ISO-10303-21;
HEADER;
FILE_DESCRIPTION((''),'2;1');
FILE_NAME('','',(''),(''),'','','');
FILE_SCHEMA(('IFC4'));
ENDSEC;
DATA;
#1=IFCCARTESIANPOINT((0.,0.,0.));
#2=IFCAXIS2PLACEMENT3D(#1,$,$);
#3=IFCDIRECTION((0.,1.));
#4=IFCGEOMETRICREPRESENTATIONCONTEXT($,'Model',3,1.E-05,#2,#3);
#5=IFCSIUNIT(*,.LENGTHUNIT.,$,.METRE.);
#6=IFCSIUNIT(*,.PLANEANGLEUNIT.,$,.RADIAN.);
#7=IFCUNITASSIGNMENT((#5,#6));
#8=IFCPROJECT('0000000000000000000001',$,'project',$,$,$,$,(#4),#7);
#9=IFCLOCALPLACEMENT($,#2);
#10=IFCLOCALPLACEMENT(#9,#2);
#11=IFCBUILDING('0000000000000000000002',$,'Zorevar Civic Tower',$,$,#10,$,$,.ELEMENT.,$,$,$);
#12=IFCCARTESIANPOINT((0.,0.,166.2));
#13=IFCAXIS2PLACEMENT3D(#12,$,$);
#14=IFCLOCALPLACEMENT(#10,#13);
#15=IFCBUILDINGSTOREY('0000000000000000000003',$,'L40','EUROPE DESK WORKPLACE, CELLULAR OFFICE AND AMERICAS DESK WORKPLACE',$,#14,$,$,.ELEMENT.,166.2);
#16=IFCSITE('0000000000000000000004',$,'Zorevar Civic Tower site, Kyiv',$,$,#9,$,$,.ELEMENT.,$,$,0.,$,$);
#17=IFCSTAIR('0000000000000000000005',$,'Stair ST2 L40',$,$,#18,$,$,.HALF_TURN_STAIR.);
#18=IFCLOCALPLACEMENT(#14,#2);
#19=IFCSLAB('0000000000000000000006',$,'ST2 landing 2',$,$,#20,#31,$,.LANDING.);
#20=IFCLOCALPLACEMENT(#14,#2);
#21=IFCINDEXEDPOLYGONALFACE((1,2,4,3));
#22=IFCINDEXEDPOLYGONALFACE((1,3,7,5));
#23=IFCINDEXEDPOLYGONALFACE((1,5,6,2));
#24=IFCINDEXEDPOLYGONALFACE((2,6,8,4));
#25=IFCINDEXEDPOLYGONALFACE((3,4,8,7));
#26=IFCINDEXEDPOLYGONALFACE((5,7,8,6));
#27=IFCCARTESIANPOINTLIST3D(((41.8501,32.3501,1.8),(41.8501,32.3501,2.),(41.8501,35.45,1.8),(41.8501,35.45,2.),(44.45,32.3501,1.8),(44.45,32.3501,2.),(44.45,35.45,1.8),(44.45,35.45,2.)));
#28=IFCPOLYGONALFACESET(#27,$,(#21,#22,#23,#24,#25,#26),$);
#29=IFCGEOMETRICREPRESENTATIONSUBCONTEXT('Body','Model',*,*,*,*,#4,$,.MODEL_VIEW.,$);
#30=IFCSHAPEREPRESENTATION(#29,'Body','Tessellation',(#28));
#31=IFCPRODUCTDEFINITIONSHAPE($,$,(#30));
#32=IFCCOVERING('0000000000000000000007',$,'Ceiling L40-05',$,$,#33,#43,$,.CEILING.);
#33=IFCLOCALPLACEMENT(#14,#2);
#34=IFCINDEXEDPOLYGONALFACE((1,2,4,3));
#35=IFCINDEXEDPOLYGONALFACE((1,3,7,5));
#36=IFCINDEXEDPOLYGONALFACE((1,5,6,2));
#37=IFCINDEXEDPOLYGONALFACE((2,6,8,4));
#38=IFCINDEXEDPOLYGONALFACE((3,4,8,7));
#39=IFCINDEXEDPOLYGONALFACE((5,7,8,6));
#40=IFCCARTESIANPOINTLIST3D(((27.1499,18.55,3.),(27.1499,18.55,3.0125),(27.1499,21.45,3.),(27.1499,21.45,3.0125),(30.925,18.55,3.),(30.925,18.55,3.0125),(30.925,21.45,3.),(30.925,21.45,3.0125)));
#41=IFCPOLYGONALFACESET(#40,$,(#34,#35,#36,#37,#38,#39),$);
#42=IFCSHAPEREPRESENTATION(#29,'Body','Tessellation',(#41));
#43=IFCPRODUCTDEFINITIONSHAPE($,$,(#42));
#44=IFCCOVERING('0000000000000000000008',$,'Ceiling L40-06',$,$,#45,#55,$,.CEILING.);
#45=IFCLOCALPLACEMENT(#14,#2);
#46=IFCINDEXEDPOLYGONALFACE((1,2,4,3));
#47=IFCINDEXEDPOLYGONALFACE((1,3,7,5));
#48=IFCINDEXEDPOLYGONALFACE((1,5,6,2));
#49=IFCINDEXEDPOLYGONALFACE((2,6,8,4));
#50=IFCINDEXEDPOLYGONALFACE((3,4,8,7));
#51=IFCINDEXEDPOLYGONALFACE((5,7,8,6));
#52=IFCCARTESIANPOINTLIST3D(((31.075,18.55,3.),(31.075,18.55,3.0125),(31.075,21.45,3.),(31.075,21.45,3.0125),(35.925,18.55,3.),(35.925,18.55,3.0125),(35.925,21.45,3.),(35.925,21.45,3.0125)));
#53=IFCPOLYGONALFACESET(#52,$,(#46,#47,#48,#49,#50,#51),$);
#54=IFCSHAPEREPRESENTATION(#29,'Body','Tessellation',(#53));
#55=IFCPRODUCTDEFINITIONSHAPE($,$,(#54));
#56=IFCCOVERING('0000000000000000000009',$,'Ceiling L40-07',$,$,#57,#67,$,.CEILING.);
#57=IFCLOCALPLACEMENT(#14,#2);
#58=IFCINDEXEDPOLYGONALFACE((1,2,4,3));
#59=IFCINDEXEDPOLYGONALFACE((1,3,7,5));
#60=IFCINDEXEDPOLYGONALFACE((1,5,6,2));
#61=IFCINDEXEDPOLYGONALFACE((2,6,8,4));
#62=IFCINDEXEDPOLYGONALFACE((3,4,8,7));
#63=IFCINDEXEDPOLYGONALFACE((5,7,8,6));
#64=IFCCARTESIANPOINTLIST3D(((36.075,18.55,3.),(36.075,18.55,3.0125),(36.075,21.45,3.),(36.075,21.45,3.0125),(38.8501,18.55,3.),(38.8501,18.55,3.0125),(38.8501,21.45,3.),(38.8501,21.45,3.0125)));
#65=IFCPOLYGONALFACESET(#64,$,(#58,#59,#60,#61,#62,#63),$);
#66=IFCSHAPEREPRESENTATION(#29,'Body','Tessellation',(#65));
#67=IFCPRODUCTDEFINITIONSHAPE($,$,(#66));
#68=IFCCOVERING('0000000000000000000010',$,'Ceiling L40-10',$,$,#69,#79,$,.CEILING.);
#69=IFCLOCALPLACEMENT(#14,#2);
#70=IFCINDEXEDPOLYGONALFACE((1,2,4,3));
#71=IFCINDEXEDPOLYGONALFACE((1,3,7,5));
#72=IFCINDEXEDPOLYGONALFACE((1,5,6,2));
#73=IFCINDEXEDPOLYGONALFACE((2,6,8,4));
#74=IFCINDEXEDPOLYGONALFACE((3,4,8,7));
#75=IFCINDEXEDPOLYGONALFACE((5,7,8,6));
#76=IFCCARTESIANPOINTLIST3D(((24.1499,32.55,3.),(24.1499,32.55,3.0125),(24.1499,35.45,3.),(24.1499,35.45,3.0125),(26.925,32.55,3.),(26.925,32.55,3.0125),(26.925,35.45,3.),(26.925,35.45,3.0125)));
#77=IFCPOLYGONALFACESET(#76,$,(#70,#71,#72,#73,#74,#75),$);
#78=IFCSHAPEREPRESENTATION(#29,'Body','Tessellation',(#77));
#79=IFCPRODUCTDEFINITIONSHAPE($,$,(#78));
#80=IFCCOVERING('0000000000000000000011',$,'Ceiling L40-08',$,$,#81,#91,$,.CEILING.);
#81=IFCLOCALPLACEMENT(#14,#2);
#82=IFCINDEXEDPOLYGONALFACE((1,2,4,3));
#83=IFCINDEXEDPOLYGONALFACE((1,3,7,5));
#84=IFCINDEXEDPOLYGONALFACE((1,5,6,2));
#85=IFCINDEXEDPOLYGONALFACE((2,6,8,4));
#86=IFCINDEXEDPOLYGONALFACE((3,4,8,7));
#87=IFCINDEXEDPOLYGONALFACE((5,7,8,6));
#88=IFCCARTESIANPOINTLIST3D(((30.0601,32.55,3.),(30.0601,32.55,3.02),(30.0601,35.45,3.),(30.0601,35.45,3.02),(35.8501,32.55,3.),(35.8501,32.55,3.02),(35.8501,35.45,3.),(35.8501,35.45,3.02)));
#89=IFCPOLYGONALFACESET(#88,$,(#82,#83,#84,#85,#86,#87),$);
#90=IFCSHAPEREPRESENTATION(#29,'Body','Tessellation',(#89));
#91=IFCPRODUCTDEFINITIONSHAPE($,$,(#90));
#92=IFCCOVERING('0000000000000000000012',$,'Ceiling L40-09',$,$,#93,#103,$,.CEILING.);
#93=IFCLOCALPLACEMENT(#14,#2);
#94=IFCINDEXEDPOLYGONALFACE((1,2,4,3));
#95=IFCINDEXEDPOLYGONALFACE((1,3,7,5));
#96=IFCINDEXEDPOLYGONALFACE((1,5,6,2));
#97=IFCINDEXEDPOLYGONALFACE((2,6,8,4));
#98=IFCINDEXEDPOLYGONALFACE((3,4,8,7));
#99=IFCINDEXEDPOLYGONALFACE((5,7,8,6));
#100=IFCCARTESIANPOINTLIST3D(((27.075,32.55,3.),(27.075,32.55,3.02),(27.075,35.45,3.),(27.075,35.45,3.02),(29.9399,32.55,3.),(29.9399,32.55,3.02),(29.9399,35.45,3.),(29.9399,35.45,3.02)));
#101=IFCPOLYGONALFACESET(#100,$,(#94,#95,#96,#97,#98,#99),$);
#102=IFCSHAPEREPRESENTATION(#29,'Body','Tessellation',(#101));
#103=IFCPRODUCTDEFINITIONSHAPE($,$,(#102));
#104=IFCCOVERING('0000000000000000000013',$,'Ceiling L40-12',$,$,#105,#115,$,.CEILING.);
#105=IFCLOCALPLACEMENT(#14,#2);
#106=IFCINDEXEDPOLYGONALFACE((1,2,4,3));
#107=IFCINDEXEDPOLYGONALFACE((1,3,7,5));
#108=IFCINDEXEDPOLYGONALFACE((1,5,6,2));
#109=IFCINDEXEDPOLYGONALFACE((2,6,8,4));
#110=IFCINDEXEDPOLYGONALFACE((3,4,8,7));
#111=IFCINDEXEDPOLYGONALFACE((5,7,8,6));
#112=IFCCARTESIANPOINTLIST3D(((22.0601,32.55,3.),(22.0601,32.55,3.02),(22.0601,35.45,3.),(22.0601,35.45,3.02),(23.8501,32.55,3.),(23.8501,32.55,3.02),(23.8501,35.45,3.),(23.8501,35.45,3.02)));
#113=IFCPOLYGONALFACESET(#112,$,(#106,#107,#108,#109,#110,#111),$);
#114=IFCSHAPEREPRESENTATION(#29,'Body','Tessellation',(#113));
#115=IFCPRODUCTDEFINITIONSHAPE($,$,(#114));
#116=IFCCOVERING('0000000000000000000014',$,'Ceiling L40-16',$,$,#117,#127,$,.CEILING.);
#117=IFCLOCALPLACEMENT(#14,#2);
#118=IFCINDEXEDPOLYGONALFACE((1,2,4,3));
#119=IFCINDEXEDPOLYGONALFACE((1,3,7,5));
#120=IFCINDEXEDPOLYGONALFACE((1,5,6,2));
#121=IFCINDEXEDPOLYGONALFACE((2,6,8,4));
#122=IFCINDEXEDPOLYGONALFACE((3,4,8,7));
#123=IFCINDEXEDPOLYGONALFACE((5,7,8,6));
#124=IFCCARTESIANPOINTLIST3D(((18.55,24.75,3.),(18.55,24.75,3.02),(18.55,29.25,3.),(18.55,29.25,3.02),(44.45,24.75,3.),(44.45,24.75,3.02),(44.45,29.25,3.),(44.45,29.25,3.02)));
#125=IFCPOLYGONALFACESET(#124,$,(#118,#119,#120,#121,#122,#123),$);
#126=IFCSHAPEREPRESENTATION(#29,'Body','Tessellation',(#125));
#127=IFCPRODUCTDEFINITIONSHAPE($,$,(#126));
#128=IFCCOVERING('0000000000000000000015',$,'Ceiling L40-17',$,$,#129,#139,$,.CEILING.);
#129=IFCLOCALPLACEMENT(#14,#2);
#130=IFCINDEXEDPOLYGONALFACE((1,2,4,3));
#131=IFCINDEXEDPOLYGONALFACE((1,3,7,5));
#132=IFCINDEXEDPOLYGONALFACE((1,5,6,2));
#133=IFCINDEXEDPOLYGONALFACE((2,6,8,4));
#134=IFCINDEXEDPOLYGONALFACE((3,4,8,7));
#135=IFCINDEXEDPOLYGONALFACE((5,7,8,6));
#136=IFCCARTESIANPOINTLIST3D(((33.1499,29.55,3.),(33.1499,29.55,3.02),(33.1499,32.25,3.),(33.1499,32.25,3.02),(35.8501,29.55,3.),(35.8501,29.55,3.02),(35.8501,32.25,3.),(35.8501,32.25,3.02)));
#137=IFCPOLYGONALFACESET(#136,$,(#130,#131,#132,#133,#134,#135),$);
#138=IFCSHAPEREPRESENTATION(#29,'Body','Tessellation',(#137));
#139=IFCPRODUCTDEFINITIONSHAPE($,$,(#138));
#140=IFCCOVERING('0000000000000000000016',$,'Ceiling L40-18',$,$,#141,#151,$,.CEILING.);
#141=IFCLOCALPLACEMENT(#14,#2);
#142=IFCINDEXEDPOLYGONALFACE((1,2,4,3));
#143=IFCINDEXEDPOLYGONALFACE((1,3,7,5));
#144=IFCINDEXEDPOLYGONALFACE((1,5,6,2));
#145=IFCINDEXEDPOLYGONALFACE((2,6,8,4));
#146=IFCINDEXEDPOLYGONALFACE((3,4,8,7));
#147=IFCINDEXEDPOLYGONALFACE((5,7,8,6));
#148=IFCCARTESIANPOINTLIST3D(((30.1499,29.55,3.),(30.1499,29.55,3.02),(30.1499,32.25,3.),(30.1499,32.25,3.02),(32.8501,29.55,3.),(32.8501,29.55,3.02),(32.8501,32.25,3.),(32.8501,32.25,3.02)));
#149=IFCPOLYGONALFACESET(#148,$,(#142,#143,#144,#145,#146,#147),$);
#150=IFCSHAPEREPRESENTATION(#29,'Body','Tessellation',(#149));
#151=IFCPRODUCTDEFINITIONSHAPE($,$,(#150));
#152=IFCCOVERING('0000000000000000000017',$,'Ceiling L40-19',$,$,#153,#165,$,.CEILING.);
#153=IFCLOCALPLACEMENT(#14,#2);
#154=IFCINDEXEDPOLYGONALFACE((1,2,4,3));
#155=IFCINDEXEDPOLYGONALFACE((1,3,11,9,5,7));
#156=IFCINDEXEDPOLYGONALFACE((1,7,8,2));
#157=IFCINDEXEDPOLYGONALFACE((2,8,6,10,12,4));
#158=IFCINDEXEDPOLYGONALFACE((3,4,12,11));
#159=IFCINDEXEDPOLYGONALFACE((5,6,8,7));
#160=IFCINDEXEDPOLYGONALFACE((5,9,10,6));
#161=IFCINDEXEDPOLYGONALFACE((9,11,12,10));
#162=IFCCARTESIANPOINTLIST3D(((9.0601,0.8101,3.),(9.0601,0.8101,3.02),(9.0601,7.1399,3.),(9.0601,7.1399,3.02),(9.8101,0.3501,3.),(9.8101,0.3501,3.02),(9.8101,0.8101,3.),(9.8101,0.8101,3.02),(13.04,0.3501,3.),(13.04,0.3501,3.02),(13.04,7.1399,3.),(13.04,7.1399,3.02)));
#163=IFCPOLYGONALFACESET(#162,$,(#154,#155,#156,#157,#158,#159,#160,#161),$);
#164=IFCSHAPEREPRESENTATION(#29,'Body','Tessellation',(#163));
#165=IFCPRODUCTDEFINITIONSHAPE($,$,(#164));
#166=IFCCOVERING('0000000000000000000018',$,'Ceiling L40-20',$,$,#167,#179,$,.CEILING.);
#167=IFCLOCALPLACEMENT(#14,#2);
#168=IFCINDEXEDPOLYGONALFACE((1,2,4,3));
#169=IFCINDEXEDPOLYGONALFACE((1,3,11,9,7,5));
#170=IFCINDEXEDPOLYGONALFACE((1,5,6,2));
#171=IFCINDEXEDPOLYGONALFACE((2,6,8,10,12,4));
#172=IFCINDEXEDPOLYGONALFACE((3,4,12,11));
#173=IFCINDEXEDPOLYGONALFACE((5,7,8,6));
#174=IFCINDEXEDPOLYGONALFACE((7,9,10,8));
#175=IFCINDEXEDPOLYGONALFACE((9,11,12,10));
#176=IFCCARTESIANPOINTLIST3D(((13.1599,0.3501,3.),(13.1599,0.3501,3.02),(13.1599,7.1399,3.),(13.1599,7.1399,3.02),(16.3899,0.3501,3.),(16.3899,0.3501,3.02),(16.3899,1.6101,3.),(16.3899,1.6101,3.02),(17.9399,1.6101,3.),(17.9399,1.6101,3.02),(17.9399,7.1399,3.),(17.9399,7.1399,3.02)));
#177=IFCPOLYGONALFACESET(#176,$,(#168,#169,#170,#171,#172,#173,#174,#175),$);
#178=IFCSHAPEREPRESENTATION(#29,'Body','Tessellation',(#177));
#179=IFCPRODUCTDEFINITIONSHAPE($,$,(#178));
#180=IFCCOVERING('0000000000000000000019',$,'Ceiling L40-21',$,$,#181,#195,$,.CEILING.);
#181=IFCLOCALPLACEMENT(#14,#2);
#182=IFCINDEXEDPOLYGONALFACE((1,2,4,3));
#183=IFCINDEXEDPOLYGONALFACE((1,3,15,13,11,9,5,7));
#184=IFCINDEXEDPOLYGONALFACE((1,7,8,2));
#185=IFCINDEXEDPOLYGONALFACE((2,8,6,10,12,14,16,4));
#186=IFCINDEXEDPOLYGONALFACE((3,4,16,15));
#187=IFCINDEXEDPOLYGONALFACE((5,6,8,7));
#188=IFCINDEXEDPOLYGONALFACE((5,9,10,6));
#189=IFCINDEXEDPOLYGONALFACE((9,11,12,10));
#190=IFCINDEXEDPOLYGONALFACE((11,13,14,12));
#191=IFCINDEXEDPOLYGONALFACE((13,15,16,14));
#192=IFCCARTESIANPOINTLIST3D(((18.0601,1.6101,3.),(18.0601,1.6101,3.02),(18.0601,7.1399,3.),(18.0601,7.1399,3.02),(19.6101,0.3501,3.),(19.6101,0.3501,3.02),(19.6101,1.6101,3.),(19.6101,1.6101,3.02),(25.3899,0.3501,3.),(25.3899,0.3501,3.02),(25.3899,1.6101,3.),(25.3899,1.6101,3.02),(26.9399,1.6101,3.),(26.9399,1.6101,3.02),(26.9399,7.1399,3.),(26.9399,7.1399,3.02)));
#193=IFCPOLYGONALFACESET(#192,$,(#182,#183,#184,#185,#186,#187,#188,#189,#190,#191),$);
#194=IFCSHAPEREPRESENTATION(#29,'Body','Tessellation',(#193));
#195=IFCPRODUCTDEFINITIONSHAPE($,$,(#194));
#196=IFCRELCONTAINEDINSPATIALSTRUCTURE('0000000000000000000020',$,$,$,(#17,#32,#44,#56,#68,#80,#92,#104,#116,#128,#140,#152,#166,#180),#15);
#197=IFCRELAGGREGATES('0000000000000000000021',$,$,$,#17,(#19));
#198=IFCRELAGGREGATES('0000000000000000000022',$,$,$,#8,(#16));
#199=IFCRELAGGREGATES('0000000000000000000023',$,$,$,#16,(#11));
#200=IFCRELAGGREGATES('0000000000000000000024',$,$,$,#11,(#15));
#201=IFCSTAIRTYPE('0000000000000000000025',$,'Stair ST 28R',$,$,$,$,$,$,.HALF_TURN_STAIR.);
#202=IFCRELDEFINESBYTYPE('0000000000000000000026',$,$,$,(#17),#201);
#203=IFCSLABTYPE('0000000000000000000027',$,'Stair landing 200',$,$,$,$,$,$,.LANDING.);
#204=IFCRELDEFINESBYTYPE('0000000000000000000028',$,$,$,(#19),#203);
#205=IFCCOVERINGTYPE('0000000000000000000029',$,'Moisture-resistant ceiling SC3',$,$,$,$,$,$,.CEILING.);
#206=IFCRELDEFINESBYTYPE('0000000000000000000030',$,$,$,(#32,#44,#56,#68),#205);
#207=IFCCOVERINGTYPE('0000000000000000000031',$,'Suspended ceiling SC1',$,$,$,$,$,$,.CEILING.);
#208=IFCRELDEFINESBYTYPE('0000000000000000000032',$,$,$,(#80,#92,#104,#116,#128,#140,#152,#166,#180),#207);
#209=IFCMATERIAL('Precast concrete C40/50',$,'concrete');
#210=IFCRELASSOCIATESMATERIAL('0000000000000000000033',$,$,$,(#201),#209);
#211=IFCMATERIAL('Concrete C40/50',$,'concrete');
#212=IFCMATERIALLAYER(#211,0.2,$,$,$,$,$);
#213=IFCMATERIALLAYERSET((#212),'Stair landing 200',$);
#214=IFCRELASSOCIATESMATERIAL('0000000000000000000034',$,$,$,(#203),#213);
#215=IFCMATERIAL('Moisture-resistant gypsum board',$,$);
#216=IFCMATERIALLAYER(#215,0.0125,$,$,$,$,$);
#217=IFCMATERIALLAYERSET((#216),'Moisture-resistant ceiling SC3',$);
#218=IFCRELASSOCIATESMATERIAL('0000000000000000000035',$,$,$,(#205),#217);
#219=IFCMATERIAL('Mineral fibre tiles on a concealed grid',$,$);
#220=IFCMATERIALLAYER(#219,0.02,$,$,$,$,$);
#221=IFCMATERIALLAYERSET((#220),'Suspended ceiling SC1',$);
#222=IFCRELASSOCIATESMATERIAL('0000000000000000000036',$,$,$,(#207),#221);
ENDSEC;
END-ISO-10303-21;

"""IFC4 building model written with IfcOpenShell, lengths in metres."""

from ifc_helpers import new_model, si_unit, direction, frame, origin, place, context, subcontext, project, spatial, polyline, outline, extrude, material, layer, layer_set, type_object, element, aggregate, save


model = new_model("IFC4")

# Units and contexts
model_context = context("Model", 3, precision=1e-05, world=origin(), true_north=direction((0.0, 1.0)))
body_context = subcontext(model_context, "Body", "Model", "MODEL_VIEW")
ifc_project = project(units=[si_unit("LENGTHUNIT", "METRE"), si_unit("PLANEANGLEUNIT", "RADIAN")], contexts=[model_context])

# Site, building, storey
site_placement = place(None, origin())
site = spatial("IfcSite", under=ifc_project, at=site_placement, Name="Zorevar Civic Tower site, Kyiv", CompositionType="ELEMENT", RefElevation=0.0)
building_placement = place(site_placement, origin())
building = spatial("IfcBuilding", under=site, at=building_placement, Name="Zorevar Civic Tower", CompositionType="ELEMENT")
storey_placement = place(building_placement, frame((0.0, 0.0, 166.2)))
storey = spatial("IfcBuildingStorey", under=building, at=storey_placement, Name="L40", Description="EUROPE DESK WORKPLACE, CELLULAR OFFICE AND AMERICAS DESK WORKPLACE", CompositionType="ELEMENT", Elevation=166.2)

# Stair, slab
ifc_material_1 = material(Name="Precast concrete C40/50", Category="concrete")
stair_type = type_object("IfcStairType", Name="Stair ST 28R", PredefinedType="HALF_TURN_STAIR", material=ifc_material_1)
ifc_material_2 = material(Name="Concrete C40/50", Category="concrete")
ifc_layer_1 = layer(ifc_material_2, 0.2)
ifc_layer_set_1 = layer_set([ifc_layer_1], Name="Stair landing 200")
slab_type_1 = type_object("IfcSlabType", Name="Stair landing 200", PredefinedType="LANDING", material=ifc_layer_set_1)
stair_1_placement = place(storey_placement, origin())
stair_1 = element("IfcStair", 1, at=stair_1_placement, inside=storey, type_object=stair_type, Name="Stair ST2 L40", PredefinedType="HALF_TURN_STAIR")
slab_1_placement = place(storey_placement, frame((0.0, 0.0, 1.8)))
slab_1 = element("IfcSlab", 2, at=slab_1_placement, type_object=slab_type_1, Name="ST2 landing 2", PredefinedType="LANDING", context=body_context, shape_type="SweptSolid", body=[
    extrude(outline(polyline([(44.45, 32.3501), (41.8501, 32.3501), (41.8501, 35.45), (44.45, 35.45), (44.45, 32.3501)])), origin(), (0.0, 0.0, 1.0), 0.2),
])
aggregate(stair_1, [slab_1])

# Coverings
ifc_material_3 = material(Name="Moisture-resistant gypsum board")
ifc_layer_2 = layer(ifc_material_3, 0.0125)
ifc_layer_set_2 = layer_set([ifc_layer_2], Name="Moisture-resistant ceiling SC3")
covering_type_1 = type_object("IfcCoveringType", Name="Moisture-resistant ceiling SC3", PredefinedType="CEILING", material=ifc_layer_set_2)
covering_1_placement = place(storey_placement, frame((0.0, 0.0, 3.0)))
element("IfcCovering", 3, at=covering_1_placement, inside=storey, type_object=covering_type_1, Name="Ceiling L40-05", PredefinedType="CEILING", context=body_context, shape_type="SweptSolid", body=[
    extrude(outline(polyline([(30.925, 18.55), (30.925, 21.45), (27.1499, 21.45), (27.1499, 18.55), (30.925, 18.55)])), origin(), (0.0, 0.0, 1.0), 0.0125),
])
covering_2_placement = place(storey_placement, frame((0.0, 0.0, 3.0)))
element("IfcCovering", 4, at=covering_2_placement, inside=storey, type_object=covering_type_1, Name="Ceiling L40-06", PredefinedType="CEILING", context=body_context, shape_type="SweptSolid", body=[
    extrude(outline(polyline([(35.925, 18.55), (35.925, 21.45), (31.075, 21.45), (31.075, 18.55), (35.925, 18.55)])), origin(), (0.0, 0.0, 1.0), 0.0125),
])
covering_3_placement = place(storey_placement, frame((0.0, 0.0, 3.0)))
element("IfcCovering", 5, at=covering_3_placement, inside=storey, type_object=covering_type_1, Name="Ceiling L40-07", PredefinedType="CEILING", context=body_context, shape_type="SweptSolid", body=[
    extrude(outline(polyline([(38.8501, 18.55), (38.8501, 21.45), (36.075, 21.45), (36.075, 18.55), (38.8501, 18.55)])), origin(), (0.0, 0.0, 1.0), 0.0125),
])
covering_4_placement = place(storey_placement, frame((0.0, 0.0, 3.0)))
element("IfcCovering", 6, at=covering_4_placement, inside=storey, type_object=covering_type_1, Name="Ceiling L40-10", PredefinedType="CEILING", context=body_context, shape_type="SweptSolid", body=[
    extrude(outline(polyline([(26.925, 32.55), (26.925, 35.45), (24.1499, 35.45), (24.1499, 32.55), (26.925, 32.55)])), origin(), (0.0, 0.0, 1.0), 0.0125),
])
ifc_material_4 = material(Name="Mineral fibre tiles on a concealed grid")
ifc_layer_3 = layer(ifc_material_4, 0.02)
ifc_layer_set_3 = layer_set([ifc_layer_3], Name="Suspended ceiling SC1")
covering_type_2 = type_object("IfcCoveringType", Name="Suspended ceiling SC1", PredefinedType="CEILING", material=ifc_layer_set_3)
covering_5_placement = place(storey_placement, frame((0.0, 0.0, 3.0)))
element("IfcCovering", 7, at=covering_5_placement, inside=storey, type_object=covering_type_2, Name="Ceiling L40-08", PredefinedType="CEILING", context=body_context, shape_type="SweptSolid", body=[
    extrude(outline(polyline([(35.8501, 32.55), (35.8501, 35.45), (30.0601, 35.45), (30.0601, 32.55), (35.8501, 32.55)])), origin(), (0.0, 0.0, 1.0), 0.02),
])
covering_6_placement = place(storey_placement, frame((0.0, 0.0, 3.0)))
element("IfcCovering", 8, at=covering_6_placement, inside=storey, type_object=covering_type_2, Name="Ceiling L40-09", PredefinedType="CEILING", context=body_context, shape_type="SweptSolid", body=[
    extrude(outline(polyline([(29.9399, 32.55), (29.9399, 35.45), (27.075, 35.45), (27.075, 32.55), (29.9399, 32.55)])), origin(), (0.0, 0.0, 1.0), 0.02),
])
covering_7_placement = place(storey_placement, frame((0.0, 0.0, 3.0)))
element("IfcCovering", 9, at=covering_7_placement, inside=storey, type_object=covering_type_2, Name="Ceiling L40-12", PredefinedType="CEILING", context=body_context, shape_type="SweptSolid", body=[
    extrude(outline(polyline([(23.8501, 32.55), (23.8501, 35.45), (22.0601, 35.45), (22.0601, 32.55), (23.8501, 32.55)])), origin(), (0.0, 0.0, 1.0), 0.02),
])
covering_8_placement = place(storey_placement, frame((0.0, 0.0, 3.0)))
element("IfcCovering", 10, at=covering_8_placement, inside=storey, type_object=covering_type_2, Name="Ceiling L40-16", PredefinedType="CEILING", context=body_context, shape_type="SweptSolid", body=[
    extrude(outline(polyline([(44.45, 24.75), (44.45, 29.25), (18.55, 29.25), (18.55, 24.75), (44.45, 24.75)])), origin(), (0.0, 0.0, 1.0), 0.02),
])
covering_9_placement = place(storey_placement, frame((0.0, 0.0, 3.0)))
element("IfcCovering", 11, at=covering_9_placement, inside=storey, type_object=covering_type_2, Name="Ceiling L40-17", PredefinedType="CEILING", context=body_context, shape_type="SweptSolid", body=[
    extrude(outline(polyline([(35.8501, 29.55), (35.8501, 32.25), (33.1499, 32.25), (33.1499, 29.55), (35.8501, 29.55)])), origin(), (0.0, 0.0, 1.0), 0.02),
])
covering_10_placement = place(storey_placement, frame((0.0, 0.0, 3.0)))
element("IfcCovering", 12, at=covering_10_placement, inside=storey, type_object=covering_type_2, Name="Ceiling L40-18", PredefinedType="CEILING", context=body_context, shape_type="SweptSolid", body=[
    extrude(outline(polyline([(32.8501, 29.55), (32.8501, 32.25), (30.1499, 32.25), (30.1499, 29.55), (32.8501, 29.55)])), origin(), (0.0, 0.0, 1.0), 0.02),
])
covering_11_placement = place(storey_placement, frame((0.0, 0.0, 3.0)))
element("IfcCovering", 13, at=covering_11_placement, inside=storey, type_object=covering_type_2, Name="Ceiling L40-19", PredefinedType="CEILING", context=body_context, shape_type="SweptSolid", body=[
    extrude(outline(polyline([(13.04, 7.1399), (13.04, 0.3501), (9.8101, 0.3501), (9.8101, 0.8101), (9.0601, 0.8101), (9.0601, 7.1399), (13.04, 7.1399)])), origin(), (0.0, 0.0, 1.0), 0.02),
])
covering_12_placement = place(storey_placement, frame((0.0, 0.0, 3.0)))
element("IfcCovering", 14, at=covering_12_placement, inside=storey, type_object=covering_type_2, Name="Ceiling L40-20", PredefinedType="CEILING", context=body_context, shape_type="SweptSolid", body=[
    extrude(outline(polyline([(17.9399, 7.1399), (17.9399, 1.6101), (16.3899, 1.6101), (16.3899, 0.3501), (13.1599, 0.3501), (13.1599, 7.1399), (17.9399, 7.1399)])), origin(), (0.0, 0.0, 1.0), 0.02),
])
covering_13_placement = place(storey_placement, frame((0.0, 0.0, 3.0)))
element("IfcCovering", 15, at=covering_13_placement, inside=storey, type_object=covering_type_2, Name="Ceiling L40-21", PredefinedType="CEILING", context=body_context, shape_type="SweptSolid", body=[
    extrude(outline(polyline([(19.6101, 0.3501), (19.6101, 1.6101), (18.0601, 1.6101), (18.0601, 7.1399), (26.9399, 7.1399), (26.9399, 1.6101), (25.3899, 1.6101), (25.3899, 0.3501), (19.6101, 0.3501)])), origin(), (0.0, 0.0, 1.0), 0.02),
])

save(model, "model.ifc")
